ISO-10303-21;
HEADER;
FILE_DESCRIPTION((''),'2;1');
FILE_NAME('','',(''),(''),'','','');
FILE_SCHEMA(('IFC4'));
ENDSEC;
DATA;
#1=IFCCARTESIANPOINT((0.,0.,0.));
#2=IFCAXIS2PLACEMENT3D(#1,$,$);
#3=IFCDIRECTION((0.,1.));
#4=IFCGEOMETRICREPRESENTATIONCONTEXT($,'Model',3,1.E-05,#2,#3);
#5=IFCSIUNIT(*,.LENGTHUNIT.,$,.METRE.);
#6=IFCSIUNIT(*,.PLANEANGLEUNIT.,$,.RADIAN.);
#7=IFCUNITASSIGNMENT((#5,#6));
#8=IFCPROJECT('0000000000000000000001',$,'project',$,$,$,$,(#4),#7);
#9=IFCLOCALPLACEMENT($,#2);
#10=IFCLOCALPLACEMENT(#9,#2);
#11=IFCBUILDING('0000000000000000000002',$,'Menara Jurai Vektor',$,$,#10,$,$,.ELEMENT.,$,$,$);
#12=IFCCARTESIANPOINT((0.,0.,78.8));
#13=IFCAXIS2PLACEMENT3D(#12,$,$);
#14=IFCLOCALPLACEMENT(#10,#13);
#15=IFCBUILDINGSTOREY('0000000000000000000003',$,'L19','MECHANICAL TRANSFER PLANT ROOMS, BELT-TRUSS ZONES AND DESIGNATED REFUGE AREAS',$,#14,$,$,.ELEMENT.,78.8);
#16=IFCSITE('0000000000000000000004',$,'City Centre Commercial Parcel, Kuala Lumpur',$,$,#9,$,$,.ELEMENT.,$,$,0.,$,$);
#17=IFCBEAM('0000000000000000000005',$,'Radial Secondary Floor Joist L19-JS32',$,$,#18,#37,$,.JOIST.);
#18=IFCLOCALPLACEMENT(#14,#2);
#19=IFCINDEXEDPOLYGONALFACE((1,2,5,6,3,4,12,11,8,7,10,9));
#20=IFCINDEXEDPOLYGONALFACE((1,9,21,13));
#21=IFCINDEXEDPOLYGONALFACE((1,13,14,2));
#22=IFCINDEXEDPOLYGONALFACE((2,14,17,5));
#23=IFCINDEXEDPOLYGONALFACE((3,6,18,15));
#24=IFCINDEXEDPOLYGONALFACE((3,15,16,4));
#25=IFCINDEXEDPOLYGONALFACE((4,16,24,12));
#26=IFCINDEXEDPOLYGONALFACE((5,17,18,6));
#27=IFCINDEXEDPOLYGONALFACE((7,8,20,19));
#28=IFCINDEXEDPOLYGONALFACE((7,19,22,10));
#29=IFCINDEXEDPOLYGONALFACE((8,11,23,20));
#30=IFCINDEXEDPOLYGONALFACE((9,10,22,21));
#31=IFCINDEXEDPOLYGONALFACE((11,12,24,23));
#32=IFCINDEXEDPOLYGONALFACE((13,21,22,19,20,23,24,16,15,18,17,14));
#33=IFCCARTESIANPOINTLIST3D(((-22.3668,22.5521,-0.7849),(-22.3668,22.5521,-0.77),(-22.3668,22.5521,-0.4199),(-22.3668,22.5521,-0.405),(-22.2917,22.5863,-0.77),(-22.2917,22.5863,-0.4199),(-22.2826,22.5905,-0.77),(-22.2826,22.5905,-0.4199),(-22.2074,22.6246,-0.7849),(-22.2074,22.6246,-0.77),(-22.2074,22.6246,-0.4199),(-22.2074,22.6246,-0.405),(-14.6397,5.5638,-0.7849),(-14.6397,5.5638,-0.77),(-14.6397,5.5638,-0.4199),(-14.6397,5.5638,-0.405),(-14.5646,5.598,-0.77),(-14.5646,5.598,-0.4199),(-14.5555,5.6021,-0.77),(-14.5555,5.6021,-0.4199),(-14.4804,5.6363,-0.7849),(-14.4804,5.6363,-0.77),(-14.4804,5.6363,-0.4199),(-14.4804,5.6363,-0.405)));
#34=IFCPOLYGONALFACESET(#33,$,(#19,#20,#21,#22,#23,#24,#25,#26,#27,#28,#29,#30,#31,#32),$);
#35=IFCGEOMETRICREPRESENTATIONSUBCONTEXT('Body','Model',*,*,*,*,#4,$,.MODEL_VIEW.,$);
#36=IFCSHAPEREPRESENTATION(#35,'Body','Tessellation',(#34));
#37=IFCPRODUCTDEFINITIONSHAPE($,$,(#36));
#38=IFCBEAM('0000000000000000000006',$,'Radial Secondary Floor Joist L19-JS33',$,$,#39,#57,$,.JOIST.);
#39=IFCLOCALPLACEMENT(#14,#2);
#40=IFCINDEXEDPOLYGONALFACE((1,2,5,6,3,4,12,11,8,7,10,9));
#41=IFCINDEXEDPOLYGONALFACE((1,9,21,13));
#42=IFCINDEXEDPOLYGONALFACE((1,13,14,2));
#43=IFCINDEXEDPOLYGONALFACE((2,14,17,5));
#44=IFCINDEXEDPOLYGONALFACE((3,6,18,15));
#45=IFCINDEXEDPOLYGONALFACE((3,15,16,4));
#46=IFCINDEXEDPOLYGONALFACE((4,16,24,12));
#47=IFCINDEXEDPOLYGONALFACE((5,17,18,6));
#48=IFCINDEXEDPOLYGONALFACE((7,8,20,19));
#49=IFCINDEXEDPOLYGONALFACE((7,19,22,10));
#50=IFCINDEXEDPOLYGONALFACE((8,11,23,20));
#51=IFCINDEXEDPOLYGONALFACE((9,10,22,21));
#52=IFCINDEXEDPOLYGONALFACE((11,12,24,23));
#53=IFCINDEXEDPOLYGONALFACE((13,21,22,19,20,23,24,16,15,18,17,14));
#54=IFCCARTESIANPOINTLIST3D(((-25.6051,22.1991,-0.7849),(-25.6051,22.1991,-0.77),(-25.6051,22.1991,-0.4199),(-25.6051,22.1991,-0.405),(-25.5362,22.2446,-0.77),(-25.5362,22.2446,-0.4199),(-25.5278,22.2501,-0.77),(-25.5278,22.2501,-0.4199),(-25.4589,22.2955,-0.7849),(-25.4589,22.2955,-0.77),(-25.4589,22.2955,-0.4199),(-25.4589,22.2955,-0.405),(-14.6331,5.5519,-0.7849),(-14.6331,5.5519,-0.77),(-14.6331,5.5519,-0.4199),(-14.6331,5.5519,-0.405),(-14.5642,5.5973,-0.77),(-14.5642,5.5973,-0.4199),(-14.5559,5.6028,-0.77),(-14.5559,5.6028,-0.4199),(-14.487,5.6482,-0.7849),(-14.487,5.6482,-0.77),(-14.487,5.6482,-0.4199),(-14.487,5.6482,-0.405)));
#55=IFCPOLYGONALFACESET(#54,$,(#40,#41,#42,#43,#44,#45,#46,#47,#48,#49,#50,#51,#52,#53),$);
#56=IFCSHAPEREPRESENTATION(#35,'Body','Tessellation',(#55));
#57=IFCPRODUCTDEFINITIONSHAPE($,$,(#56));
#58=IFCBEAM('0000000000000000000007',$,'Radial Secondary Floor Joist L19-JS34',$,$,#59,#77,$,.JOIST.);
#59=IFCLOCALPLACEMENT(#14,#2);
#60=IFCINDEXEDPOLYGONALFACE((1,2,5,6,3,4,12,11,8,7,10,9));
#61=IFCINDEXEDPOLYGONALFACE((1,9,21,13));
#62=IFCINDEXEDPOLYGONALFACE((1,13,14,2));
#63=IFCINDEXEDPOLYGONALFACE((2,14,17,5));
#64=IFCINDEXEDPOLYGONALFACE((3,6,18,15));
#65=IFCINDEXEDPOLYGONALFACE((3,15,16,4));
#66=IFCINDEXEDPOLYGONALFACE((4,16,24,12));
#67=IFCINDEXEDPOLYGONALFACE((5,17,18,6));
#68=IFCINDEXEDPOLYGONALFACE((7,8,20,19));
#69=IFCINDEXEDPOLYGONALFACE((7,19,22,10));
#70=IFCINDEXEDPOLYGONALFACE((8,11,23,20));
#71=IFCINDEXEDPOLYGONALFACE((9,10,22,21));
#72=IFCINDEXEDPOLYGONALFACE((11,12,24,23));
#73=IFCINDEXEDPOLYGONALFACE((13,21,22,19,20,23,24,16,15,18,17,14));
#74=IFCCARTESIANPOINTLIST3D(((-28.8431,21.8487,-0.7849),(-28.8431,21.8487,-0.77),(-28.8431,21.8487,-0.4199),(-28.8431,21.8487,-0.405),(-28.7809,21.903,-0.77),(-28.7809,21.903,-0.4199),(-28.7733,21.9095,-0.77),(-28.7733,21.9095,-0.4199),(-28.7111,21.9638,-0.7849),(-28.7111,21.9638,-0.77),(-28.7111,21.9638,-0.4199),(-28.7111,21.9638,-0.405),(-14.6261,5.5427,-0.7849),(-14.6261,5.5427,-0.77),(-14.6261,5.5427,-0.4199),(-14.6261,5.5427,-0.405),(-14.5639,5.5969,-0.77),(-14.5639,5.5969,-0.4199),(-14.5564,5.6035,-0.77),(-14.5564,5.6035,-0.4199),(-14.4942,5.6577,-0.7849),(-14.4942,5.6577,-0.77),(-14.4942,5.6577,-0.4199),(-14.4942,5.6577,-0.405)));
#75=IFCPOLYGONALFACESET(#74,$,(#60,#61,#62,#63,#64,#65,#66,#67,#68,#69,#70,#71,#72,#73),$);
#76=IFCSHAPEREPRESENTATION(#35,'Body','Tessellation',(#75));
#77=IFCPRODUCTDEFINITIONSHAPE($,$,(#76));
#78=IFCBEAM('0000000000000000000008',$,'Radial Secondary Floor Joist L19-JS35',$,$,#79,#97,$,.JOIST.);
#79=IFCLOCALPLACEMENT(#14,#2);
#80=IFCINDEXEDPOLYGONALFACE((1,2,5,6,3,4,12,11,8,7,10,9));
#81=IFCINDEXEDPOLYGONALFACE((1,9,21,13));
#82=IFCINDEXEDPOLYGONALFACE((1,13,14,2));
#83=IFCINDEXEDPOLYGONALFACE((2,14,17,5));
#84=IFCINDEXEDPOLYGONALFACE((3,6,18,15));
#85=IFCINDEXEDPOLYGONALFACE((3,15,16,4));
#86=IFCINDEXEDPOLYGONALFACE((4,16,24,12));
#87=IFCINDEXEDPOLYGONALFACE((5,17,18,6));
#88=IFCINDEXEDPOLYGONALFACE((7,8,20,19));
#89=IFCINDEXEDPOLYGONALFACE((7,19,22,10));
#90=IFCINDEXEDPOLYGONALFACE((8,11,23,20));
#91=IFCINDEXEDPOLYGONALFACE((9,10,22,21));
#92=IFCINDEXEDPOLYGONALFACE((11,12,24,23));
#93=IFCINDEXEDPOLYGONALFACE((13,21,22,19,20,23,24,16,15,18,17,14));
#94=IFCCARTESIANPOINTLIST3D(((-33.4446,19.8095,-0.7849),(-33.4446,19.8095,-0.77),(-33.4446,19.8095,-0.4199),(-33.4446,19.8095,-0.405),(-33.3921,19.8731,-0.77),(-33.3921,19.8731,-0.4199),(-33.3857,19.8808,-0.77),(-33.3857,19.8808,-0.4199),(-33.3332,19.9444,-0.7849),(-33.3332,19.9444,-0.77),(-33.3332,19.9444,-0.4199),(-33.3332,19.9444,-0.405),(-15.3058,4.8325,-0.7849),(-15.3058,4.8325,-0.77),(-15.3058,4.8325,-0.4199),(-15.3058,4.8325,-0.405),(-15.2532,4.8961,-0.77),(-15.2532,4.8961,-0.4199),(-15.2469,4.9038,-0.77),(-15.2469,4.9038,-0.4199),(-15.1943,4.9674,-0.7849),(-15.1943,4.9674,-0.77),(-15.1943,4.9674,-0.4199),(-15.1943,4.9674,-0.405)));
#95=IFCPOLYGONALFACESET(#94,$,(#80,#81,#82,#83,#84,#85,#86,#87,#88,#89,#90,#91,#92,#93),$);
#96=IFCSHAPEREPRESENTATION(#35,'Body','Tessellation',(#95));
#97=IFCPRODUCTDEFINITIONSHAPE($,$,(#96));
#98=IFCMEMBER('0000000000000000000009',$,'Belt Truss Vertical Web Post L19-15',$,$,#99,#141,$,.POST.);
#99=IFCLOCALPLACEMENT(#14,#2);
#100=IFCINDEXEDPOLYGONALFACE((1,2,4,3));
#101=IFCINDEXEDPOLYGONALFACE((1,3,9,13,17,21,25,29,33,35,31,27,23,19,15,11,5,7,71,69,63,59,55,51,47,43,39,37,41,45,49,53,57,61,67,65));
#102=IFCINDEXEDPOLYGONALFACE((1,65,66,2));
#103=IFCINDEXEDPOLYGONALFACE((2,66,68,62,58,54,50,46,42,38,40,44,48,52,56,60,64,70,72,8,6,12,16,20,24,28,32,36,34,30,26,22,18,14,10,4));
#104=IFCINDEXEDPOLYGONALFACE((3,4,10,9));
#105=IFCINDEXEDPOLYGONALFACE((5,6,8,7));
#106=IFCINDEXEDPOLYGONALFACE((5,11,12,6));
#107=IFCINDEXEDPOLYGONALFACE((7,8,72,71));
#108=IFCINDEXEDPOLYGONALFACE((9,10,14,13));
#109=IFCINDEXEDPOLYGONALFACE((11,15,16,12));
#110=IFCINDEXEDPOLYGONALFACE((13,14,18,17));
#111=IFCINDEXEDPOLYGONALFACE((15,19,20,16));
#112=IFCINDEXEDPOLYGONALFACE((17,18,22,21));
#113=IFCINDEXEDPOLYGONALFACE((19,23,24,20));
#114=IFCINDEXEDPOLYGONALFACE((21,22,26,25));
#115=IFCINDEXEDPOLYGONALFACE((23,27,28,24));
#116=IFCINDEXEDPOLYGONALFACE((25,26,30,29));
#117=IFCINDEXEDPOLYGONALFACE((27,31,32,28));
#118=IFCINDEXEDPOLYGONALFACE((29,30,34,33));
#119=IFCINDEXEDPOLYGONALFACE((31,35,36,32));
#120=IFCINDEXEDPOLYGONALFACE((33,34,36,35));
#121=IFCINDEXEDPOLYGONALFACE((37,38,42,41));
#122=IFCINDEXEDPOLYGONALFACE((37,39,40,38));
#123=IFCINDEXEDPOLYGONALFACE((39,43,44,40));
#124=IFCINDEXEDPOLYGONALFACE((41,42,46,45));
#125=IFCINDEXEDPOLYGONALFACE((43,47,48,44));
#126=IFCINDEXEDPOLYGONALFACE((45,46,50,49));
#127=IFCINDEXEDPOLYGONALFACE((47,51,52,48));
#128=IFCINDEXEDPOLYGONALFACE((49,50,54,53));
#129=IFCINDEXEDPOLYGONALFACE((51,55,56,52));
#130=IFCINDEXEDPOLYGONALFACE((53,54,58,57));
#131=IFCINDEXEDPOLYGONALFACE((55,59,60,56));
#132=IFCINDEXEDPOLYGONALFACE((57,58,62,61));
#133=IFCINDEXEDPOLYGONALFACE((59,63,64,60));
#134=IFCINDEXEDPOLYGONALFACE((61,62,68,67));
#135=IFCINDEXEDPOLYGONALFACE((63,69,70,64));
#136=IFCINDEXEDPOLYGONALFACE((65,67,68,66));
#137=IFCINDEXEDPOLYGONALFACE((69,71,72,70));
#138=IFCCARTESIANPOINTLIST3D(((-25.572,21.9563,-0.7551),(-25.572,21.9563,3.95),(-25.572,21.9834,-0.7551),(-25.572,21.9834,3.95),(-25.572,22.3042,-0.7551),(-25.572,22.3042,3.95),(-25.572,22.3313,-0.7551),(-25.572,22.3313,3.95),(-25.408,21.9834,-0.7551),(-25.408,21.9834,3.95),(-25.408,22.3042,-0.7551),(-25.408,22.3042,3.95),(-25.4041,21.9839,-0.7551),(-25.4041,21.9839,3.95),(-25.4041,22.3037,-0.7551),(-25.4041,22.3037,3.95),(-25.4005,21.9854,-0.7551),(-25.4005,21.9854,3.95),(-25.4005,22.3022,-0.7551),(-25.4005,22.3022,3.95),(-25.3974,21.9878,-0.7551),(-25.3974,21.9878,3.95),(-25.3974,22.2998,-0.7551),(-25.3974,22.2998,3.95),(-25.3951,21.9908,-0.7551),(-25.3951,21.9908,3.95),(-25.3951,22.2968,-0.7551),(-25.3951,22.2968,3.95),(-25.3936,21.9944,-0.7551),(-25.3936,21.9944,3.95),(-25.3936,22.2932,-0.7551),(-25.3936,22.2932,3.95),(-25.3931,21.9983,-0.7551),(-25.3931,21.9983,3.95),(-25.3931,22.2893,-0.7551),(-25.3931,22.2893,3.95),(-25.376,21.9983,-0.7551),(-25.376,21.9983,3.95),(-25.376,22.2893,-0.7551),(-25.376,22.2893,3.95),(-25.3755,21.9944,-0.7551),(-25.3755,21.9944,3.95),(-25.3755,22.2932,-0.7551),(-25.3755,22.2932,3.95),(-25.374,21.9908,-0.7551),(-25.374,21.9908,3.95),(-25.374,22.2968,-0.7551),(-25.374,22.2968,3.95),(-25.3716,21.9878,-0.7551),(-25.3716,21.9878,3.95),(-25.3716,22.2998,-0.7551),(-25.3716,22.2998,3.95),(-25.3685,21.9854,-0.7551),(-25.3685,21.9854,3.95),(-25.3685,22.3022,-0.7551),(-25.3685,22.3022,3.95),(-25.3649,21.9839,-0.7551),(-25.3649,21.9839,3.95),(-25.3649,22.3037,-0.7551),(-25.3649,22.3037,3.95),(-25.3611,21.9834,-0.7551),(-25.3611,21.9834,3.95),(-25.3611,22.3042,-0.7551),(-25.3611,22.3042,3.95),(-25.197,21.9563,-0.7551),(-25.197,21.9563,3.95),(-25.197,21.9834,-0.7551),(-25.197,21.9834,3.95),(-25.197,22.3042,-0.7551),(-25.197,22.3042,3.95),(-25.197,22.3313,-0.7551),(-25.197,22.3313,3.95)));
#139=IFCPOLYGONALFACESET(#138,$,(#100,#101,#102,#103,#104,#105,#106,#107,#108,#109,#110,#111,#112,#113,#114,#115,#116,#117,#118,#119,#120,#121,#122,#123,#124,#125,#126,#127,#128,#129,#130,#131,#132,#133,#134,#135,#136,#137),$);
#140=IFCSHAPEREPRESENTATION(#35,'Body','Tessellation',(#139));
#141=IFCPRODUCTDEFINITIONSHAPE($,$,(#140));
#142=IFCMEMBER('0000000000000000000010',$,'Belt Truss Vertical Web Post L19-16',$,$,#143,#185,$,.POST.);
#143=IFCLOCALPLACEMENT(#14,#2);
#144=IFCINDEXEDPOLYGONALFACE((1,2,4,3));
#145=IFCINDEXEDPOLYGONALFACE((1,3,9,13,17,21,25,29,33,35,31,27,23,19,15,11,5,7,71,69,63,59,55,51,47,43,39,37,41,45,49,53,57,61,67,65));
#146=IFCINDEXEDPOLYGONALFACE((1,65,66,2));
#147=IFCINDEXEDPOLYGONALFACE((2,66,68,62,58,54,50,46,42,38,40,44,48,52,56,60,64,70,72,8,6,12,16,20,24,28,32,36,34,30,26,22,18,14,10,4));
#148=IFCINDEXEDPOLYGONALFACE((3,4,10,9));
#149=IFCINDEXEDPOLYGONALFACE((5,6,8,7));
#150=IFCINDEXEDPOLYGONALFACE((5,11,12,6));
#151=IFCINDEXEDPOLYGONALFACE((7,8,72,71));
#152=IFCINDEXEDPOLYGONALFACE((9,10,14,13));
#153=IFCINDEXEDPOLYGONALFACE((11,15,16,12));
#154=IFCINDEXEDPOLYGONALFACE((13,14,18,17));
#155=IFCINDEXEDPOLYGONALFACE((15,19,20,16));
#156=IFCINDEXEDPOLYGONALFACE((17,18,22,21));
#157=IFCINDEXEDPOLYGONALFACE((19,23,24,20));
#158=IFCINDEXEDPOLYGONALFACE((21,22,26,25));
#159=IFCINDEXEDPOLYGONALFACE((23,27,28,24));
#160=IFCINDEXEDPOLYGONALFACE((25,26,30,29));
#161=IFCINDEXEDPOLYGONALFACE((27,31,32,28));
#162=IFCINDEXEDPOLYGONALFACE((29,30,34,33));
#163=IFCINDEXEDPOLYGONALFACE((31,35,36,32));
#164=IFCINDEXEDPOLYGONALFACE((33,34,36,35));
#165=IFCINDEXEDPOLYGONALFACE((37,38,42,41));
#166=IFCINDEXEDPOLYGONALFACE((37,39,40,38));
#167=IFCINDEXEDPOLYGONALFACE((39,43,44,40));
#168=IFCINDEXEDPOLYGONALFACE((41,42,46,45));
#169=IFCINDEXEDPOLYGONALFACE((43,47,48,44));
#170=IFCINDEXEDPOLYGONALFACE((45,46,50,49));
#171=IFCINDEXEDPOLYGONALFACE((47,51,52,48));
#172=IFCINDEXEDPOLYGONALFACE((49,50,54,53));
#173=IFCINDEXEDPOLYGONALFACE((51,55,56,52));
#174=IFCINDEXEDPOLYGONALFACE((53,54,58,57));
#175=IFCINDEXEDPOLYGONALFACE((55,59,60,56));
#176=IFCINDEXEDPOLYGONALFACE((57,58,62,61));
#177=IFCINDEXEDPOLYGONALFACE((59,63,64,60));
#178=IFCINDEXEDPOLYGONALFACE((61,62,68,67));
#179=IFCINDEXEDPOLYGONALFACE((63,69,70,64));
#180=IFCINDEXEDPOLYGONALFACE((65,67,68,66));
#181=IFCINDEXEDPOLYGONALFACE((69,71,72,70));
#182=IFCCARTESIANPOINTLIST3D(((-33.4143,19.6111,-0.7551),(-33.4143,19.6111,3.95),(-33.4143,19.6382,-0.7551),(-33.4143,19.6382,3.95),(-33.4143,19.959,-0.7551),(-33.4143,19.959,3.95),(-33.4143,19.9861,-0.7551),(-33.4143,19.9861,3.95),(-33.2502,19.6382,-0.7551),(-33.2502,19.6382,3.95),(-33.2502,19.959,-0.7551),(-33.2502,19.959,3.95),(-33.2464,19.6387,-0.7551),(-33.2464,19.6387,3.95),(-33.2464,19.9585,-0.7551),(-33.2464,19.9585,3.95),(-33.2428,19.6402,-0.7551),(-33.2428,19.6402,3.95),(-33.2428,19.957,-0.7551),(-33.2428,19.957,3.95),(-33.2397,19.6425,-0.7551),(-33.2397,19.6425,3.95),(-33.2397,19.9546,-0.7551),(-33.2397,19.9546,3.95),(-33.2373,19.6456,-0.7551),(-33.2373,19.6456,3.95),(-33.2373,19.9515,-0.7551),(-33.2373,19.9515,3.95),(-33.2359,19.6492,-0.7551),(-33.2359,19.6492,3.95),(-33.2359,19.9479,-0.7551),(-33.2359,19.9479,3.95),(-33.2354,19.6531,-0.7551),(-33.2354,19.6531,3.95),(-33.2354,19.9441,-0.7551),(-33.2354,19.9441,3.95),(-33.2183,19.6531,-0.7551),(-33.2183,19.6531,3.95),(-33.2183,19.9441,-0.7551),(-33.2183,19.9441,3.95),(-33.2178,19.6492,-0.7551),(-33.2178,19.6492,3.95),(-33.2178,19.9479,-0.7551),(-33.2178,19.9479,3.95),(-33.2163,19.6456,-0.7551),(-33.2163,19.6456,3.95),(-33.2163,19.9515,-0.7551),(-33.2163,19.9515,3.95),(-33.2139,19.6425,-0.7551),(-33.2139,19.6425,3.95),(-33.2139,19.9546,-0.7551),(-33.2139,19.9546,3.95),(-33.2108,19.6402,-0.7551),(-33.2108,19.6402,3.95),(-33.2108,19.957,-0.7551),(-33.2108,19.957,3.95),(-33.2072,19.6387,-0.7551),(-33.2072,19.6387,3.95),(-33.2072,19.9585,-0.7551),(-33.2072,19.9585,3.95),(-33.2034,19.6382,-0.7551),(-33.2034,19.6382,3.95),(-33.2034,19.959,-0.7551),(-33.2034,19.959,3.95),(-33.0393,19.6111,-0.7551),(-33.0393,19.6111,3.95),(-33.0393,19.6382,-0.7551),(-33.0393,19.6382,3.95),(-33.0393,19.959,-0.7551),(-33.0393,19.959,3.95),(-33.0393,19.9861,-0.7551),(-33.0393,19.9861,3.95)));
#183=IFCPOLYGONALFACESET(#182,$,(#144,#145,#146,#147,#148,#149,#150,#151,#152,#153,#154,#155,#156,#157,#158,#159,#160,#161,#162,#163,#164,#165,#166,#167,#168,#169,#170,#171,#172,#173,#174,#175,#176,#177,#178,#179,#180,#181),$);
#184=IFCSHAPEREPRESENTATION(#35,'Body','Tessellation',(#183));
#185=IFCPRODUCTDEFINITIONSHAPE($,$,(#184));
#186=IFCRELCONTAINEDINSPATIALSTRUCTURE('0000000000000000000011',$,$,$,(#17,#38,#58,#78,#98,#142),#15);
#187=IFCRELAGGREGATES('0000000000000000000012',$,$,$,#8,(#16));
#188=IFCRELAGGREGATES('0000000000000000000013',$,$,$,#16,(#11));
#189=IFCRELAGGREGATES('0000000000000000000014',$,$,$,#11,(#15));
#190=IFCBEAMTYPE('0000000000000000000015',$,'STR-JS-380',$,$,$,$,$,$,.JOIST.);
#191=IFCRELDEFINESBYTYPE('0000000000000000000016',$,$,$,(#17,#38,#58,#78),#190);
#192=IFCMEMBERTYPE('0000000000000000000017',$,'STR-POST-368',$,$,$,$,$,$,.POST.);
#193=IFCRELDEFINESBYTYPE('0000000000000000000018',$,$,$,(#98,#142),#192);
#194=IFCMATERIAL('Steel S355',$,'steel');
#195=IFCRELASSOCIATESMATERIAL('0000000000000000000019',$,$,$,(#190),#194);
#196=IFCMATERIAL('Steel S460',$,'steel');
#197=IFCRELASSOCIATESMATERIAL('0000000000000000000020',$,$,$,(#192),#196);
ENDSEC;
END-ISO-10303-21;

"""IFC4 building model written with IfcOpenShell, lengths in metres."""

from ifc_helpers import new_model, si_unit, direction, frame, origin, origin_2d, place, context, subcontext, project, spatial, i_section, extrude, material, material_profile, profile_set, type_object, element, save


model = new_model("IFC4")

# Units and contexts
model_context = context("Model", 3, precision=1e-05, world=origin(), true_north=direction((0.0, 1.0)))
body_context = subcontext(model_context, "Body", "Model", "MODEL_VIEW")
ifc_project = project(units=[si_unit("LENGTHUNIT", "METRE"), si_unit("PLANEANGLEUNIT", "RADIAN")], contexts=[model_context])

# Site, building, storey
site_placement = place(None, origin())
site = spatial("IfcSite", under=ifc_project, at=site_placement, Name="City Centre Commercial Parcel, Kuala Lumpur", CompositionType="ELEMENT", RefElevation=0.0)
building_placement = place(site_placement, origin())
building = spatial("IfcBuilding", under=site, at=building_placement, Name="Menara Jurai Vektor", CompositionType="ELEMENT")
storey_placement = place(building_placement, frame((0.0, 0.0, 78.8)))
storey = spatial("IfcBuildingStorey", under=building, at=storey_placement, Name="L19", Description="MECHANICAL TRANSFER PLANT ROOMS, BELT-TRUSS ZONES AND DESIGNATED REFUGE AREAS", CompositionType="ELEMENT", Elevation=78.8)

# Shared definitions
ifc_material_1 = material(Name="Steel S460", Category="steel")

# Beams
ifc_material_2 = material(Name="Steel S355", Category="steel")
ifc_material_profile_1 = material_profile(ifc_material_2, i_section(OverallWidth=0.175, OverallDepth=0.3799, WebThickness=0.01, FlangeThickness=0.0149, at=origin_2d()), Name="PG 380x175x58")
ifc_profile_set_1 = profile_set([ifc_material_profile_1], Name="Steel S355")
beam_type_1 = type_object("IfcBeamType", Name="STR-JS-380", PredefinedType="JOIST", material=ifc_profile_set_1)
beam_1_placement = place(storey_placement, frame((-22.2871, 22.5884, -0.595), z_axis=(0.41403, -0.910263, 0.0), x_axis=(0.910263, 0.41403, 0.0)))
element("IfcBeam", 1, at=beam_1_placement, inside=storey, type_object=beam_type_1, Name="Radial Secondary Floor Joist L19-JS32", PredefinedType="JOIST", context=body_context, shape_type="SweptSolid", body=[
    extrude(i_section(OverallWidth=0.175, OverallDepth=0.3799, WebThickness=0.01, FlangeThickness=0.0149, at=origin_2d()), origin(), (0.0, 0.0, 1.0), 18.6631),
])
beam_2_placement = place(storey_placement, frame((-25.532, 22.2473, -0.595), z_axis=(0.55031, -0.834961, 0.0), x_axis=(0.834961, 0.55031, 0.0)))
element("IfcBeam", 2, at=beam_2_placement, inside=storey, type_object=beam_type_1, Name="Radial Secondary Floor Joist L19-JS33", PredefinedType="JOIST", context=body_context, shape_type="SweptSolid", body=[
    extrude(i_section(OverallWidth=0.175, OverallDepth=0.3799, WebThickness=0.01, FlangeThickness=0.0149, at=origin_2d()), origin(), (0.0, 0.0, 1.0), 19.9377),
])
beam_3_placement = place(storey_placement, frame((-28.7771, 21.9062, -0.595), z_axis=(0.657173, -0.75374, 0.0), x_axis=(0.75374, 0.657173, 0.0)))
element("IfcBeam", 3, at=beam_3_placement, inside=storey, type_object=beam_type_1, Name="Radial Secondary Floor Joist L19-JS34", PredefinedType="JOIST", context=body_context, shape_type="SweptSolid", body=[
    extrude(i_section(OverallWidth=0.175, OverallDepth=0.3799, WebThickness=0.01, FlangeThickness=0.0149, at=origin_2d()), origin(), (0.0, 0.0, 1.0), 21.6335),
])
beam_4_placement = place(storey_placement, frame((-33.3889, 19.877, -0.595), z_axis=(0.771114, -0.636698, 0.0), x_axis=(0.636698, 0.771114, 0.0)))
element("IfcBeam", 4, at=beam_4_placement, inside=storey, type_object=beam_type_1, Name="Radial Secondary Floor Joist L19-JS35", PredefinedType="JOIST", context=body_context, shape_type="SweptSolid", body=[
    extrude(i_section(OverallWidth=0.175, OverallDepth=0.3799, WebThickness=0.01, FlangeThickness=0.0149, at=origin_2d()), origin(), (0.0, 0.0, 1.0), 23.5229),
])

# Members
ifc_material_profile_2 = material_profile(ifc_material_1, i_section(OverallWidth=0.375, OverallDepth=0.375, WebThickness=0.0171, FlangeThickness=0.0271, FilletRadius=0.0149, at=origin_2d()), Name="UKC 356x368x202")
ifc_profile_set_2 = profile_set([ifc_material_profile_2], Name="Steel S460")
member_type_1 = type_object("IfcMemberType", Name="STR-POST-368", PredefinedType="POST", material=ifc_profile_set_2)
for number, where, z_axis, x_axis, name in (
    (5, (-25.3845, 22.1438, -0.7551), (0.0, 0.0, 1.0), (1.0, 0.0, 0.0), "Belt Truss Vertical Web Post L19-15"),
    (6, (-33.2268, 19.7986, -0.7551), (0.0, 0.0, 1.0), (1.0, 0.0, 0.0), "Belt Truss Vertical Web Post L19-16"),
):
    element("IfcMember", number, at=place(storey_placement, frame(where, z_axis=z_axis, x_axis=x_axis)), inside=storey, type_object=member_type_1, Name=name, PredefinedType="POST", context=body_context, shape_type="SweptSolid", body=[
        extrude(i_section(OverallWidth=0.375, OverallDepth=0.375, WebThickness=0.0171, FlangeThickness=0.0271, FilletRadius=0.0149, at=origin_2d()), origin(), (0.0, 0.0, 1.0), 4.7051),
    ])

save(model, "model.ifc")
